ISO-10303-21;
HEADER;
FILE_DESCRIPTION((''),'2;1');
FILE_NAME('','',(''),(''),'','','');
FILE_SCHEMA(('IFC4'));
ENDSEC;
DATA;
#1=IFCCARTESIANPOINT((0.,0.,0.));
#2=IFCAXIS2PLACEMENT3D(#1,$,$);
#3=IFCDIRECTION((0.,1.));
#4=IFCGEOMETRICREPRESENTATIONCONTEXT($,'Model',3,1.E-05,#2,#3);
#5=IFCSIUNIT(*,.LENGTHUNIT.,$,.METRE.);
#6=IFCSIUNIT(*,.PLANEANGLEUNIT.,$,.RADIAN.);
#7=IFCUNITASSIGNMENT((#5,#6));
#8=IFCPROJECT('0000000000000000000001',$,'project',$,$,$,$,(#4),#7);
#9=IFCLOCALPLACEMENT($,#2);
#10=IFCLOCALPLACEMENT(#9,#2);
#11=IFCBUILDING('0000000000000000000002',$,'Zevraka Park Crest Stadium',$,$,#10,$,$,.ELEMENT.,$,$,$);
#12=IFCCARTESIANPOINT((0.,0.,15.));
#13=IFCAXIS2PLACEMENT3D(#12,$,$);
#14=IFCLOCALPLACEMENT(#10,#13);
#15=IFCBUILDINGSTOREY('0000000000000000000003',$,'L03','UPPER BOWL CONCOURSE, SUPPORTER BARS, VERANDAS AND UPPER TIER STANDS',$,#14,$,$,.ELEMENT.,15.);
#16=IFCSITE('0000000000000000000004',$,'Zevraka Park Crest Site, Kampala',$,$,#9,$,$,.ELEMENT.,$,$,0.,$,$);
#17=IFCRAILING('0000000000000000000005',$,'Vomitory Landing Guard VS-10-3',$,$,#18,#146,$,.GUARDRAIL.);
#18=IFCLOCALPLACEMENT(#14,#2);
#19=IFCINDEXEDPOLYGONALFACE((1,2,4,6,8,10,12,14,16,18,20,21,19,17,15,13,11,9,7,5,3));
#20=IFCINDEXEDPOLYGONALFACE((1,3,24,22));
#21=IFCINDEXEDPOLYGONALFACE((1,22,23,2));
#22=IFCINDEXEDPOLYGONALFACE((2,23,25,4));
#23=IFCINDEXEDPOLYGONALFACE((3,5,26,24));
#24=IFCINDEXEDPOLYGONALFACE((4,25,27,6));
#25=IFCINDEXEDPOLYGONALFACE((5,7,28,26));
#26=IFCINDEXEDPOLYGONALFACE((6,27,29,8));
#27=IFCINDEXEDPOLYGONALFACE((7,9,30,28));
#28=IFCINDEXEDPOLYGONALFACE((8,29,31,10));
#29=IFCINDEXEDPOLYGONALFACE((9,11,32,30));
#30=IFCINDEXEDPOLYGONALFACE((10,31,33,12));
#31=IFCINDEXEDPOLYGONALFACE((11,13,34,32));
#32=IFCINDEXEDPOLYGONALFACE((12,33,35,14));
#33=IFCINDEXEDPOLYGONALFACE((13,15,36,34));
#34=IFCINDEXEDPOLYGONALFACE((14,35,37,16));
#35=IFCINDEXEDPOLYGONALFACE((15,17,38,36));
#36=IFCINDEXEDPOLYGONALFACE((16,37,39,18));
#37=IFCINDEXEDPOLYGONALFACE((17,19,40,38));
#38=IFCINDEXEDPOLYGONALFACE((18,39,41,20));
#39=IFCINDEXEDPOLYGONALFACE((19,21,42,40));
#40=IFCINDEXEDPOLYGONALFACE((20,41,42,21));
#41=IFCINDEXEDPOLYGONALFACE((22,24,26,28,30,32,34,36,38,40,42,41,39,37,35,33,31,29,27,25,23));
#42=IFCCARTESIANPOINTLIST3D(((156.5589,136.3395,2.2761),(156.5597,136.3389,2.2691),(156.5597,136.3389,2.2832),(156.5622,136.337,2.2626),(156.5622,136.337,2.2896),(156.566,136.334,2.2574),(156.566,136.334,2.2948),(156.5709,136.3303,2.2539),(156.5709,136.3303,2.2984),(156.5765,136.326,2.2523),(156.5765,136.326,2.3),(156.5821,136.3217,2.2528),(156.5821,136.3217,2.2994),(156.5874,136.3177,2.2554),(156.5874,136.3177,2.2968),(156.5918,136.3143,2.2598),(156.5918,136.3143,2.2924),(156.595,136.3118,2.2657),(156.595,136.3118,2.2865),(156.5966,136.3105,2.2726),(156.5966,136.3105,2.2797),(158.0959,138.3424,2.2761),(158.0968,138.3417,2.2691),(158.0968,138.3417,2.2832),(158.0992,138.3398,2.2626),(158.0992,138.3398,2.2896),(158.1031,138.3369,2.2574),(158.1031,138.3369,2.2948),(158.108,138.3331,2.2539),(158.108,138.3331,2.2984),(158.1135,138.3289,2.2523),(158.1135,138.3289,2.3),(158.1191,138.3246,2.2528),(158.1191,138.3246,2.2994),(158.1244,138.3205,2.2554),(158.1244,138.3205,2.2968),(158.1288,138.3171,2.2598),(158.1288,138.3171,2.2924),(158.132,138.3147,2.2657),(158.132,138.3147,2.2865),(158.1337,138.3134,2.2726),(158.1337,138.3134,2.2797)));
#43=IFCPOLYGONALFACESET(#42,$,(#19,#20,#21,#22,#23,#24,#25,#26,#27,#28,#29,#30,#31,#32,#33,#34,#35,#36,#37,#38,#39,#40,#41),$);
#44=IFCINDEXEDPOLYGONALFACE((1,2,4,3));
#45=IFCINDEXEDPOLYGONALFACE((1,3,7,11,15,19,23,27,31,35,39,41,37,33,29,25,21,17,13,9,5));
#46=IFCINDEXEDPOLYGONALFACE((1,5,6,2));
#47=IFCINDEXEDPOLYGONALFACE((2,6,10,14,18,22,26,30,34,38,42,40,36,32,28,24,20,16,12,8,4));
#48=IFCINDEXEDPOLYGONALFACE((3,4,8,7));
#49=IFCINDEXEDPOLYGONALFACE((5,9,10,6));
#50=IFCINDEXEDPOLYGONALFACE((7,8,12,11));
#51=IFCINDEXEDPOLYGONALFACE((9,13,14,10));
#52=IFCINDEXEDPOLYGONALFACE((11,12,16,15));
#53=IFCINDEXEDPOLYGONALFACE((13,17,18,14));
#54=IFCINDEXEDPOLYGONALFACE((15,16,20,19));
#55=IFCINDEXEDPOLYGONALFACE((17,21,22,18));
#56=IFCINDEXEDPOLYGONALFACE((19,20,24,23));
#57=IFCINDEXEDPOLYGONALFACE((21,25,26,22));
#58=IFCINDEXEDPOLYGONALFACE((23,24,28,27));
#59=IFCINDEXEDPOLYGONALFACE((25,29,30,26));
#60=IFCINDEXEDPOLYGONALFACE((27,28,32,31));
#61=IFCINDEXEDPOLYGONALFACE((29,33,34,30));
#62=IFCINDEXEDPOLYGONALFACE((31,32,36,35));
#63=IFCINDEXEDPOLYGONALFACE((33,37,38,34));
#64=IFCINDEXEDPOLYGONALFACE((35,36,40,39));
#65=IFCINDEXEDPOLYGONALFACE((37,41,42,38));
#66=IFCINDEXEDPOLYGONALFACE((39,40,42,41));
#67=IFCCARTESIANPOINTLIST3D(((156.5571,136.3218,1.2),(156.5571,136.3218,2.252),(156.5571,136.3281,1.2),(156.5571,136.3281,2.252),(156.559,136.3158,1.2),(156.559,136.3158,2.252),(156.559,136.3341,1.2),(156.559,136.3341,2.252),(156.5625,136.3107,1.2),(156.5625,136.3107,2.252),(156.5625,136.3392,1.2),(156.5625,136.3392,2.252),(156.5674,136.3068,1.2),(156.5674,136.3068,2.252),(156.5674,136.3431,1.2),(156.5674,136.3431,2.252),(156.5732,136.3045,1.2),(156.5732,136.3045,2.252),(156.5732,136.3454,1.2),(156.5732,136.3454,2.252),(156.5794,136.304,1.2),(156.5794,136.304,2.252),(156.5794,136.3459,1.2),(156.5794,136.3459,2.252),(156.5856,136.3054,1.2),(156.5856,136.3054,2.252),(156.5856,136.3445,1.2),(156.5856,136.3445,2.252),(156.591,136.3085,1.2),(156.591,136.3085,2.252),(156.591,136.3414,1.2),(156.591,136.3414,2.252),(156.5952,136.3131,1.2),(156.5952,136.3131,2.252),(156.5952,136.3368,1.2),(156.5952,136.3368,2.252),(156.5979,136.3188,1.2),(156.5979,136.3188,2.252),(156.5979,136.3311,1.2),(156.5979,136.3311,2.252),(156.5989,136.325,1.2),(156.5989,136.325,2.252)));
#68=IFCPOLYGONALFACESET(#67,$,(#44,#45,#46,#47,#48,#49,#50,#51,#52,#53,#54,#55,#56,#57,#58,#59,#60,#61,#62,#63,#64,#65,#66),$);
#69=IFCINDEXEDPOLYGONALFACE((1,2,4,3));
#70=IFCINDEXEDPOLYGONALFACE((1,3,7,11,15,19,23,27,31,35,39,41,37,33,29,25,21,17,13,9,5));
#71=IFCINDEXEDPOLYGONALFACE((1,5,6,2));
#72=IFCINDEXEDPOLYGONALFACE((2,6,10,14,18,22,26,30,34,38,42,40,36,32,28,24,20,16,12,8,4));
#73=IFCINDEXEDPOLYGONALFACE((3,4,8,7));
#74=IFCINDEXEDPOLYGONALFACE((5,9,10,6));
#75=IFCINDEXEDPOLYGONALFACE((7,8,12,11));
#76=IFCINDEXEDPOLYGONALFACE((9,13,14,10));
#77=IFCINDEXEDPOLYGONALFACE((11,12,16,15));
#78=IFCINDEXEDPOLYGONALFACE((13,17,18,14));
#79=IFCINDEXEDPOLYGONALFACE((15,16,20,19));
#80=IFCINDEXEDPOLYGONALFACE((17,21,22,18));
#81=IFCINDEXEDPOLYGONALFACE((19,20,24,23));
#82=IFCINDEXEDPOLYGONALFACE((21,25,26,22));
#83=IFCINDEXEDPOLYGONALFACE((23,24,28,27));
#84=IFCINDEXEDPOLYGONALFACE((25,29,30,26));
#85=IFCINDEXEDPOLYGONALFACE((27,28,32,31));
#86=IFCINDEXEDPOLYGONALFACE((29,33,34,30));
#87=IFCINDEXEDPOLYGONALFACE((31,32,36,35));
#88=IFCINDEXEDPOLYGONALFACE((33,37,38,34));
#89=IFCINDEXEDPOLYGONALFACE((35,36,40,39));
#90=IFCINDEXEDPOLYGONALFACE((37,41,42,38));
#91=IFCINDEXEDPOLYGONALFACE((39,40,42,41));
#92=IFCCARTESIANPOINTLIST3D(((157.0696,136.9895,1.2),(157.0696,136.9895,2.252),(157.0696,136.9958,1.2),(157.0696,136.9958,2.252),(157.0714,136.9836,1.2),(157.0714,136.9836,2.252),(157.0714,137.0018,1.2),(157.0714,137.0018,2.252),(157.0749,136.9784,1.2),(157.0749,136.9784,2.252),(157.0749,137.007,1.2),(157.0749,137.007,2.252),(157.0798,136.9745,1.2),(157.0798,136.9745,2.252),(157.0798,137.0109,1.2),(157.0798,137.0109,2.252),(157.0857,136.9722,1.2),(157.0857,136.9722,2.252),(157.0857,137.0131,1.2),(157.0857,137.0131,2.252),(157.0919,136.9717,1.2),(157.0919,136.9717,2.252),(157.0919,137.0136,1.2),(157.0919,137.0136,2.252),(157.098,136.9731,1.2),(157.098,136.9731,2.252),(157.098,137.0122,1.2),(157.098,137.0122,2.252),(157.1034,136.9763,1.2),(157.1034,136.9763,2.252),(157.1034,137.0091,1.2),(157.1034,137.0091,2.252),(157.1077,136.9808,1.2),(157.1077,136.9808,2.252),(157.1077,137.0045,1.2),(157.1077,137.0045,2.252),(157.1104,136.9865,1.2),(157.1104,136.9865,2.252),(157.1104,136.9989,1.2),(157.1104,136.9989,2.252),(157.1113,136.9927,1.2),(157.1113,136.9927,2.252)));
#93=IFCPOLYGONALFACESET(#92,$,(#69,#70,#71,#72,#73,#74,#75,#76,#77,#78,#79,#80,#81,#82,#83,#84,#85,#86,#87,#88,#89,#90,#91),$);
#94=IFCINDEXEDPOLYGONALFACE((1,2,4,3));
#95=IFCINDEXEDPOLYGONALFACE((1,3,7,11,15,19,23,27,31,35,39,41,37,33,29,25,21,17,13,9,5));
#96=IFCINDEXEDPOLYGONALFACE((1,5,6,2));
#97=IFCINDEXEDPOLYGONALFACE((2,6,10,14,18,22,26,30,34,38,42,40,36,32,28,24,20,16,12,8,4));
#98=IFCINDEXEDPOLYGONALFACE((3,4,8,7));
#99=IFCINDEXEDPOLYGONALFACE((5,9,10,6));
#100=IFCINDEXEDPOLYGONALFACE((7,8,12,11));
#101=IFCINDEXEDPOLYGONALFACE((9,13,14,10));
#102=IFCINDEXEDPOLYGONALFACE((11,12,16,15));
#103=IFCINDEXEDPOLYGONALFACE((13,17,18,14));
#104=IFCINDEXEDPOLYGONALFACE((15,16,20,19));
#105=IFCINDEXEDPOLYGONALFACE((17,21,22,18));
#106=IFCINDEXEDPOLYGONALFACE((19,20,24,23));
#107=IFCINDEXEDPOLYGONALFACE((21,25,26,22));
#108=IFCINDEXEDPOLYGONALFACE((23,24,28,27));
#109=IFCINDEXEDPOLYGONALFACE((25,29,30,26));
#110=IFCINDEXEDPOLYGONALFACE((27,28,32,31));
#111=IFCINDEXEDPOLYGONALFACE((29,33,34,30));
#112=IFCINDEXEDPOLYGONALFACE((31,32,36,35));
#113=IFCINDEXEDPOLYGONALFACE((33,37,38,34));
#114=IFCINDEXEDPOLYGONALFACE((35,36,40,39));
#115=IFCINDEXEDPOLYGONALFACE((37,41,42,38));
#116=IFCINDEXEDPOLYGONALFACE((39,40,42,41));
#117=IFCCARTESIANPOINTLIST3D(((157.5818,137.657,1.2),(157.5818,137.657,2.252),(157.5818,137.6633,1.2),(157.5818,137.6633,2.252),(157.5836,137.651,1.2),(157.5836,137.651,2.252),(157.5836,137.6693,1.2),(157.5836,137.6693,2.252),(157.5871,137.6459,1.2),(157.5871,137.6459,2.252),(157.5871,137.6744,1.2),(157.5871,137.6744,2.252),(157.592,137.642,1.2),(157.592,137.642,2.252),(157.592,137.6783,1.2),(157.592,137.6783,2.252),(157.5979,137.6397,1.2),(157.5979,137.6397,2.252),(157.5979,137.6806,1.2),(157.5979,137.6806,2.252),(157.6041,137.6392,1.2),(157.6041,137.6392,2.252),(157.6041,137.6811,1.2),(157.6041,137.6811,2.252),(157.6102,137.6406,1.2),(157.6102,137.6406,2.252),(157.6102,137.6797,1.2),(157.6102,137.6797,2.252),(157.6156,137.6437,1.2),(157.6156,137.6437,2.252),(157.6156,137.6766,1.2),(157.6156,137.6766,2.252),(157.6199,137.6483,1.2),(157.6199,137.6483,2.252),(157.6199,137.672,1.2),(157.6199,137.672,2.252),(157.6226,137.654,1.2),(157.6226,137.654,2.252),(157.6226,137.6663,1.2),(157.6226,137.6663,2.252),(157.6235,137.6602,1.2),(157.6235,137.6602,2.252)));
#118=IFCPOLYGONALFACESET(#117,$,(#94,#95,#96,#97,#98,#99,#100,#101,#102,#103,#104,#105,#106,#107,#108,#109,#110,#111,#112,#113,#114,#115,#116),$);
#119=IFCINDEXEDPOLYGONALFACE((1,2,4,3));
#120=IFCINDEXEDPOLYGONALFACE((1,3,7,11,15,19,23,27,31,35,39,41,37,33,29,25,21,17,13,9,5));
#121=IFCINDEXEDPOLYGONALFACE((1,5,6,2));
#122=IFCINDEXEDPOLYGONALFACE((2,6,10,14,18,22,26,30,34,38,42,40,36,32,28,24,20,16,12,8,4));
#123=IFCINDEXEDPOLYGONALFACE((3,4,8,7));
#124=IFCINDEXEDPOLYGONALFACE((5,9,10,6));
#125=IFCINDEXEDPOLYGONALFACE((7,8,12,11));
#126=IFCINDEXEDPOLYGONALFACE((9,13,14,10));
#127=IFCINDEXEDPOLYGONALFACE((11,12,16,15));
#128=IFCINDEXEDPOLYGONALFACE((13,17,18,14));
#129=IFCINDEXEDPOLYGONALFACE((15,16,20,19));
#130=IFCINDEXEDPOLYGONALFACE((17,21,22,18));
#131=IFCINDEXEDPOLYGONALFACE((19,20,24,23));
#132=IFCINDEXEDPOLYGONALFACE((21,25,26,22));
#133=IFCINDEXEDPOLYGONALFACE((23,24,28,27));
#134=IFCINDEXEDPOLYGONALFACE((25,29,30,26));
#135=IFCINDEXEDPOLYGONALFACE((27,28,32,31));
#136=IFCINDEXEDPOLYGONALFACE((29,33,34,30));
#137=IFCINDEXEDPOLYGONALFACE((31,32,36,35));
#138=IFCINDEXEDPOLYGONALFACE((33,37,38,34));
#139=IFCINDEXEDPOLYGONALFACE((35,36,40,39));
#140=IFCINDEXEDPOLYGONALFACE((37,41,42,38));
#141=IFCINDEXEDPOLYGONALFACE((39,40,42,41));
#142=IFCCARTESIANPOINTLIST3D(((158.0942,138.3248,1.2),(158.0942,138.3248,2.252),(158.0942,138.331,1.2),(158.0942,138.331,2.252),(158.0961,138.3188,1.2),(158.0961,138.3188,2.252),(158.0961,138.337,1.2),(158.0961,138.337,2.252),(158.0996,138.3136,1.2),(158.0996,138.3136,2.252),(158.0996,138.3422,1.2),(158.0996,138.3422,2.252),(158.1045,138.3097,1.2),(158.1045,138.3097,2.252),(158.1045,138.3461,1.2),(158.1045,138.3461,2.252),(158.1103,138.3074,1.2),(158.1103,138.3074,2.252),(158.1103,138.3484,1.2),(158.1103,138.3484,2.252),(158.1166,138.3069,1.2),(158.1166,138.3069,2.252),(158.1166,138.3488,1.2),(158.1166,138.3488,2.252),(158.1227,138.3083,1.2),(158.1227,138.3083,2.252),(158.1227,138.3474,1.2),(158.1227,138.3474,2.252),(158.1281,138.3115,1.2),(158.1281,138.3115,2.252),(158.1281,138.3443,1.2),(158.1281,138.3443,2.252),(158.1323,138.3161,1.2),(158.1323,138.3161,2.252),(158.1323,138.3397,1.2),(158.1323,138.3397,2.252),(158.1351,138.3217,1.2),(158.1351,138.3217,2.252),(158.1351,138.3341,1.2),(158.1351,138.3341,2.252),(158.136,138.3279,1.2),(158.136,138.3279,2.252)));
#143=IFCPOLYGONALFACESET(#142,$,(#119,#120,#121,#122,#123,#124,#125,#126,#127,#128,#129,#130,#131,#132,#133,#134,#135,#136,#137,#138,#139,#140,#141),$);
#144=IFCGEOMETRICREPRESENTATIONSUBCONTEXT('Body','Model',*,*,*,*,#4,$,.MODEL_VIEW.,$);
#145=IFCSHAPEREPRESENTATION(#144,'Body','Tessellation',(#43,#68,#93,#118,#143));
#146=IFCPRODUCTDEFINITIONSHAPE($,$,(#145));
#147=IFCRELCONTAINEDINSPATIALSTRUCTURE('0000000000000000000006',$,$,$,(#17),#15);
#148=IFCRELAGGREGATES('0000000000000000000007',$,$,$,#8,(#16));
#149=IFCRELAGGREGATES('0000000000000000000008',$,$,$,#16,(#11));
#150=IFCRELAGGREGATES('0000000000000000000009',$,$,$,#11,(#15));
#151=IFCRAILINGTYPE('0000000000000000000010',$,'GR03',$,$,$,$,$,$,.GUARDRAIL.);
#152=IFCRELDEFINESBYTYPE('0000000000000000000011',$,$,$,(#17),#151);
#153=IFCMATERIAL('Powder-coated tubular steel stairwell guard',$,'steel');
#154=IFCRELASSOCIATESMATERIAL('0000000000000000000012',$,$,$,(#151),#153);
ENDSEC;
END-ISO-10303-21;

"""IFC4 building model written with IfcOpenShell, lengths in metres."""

from ifc_helpers import new_model, si_unit, direction, frame, origin, origin_2d, place, context, subcontext, project, spatial, circle, extrude, material, type_object, element, save


model = new_model("IFC4")

# Units and contexts
model_context = context("Model", 3, precision=1e-05, world=origin(), true_north=direction((0.0, 1.0)))
body_context = subcontext(model_context, "Body", "Model", "MODEL_VIEW")
ifc_project = project(units=[si_unit("LENGTHUNIT", "METRE"), si_unit("PLANEANGLEUNIT", "RADIAN")], contexts=[model_context])

# Site, building, storey
site_placement = place(None, origin())
site = spatial("IfcSite", under=ifc_project, at=site_placement, Name="Zevraka Park Crest Site, Kampala", CompositionType="ELEMENT", RefElevation=0.0)
building_placement = place(site_placement, origin())
building = spatial("IfcBuilding", under=site, at=building_placement, Name="Zevraka Park Crest Stadium", CompositionType="ELEMENT")
storey_placement = place(building_placement, frame((0.0, 0.0, 15.0)))
storey = spatial("IfcBuildingStorey", under=building, at=storey_placement, Name="L03", Description="UPPER BOWL CONCOURSE, SUPPORTER BARS, VERANDAS AND UPPER TIER STANDS", CompositionType="ELEMENT", Elevation=15.0)

# Railing
ifc_material_1 = material(Name="Powder-coated tubular steel stairwell guard", Category="steel")
railing_type_1 = type_object("IfcRailingType", Name="GR03", PredefinedType="GUARDRAIL", material=ifc_material_1)
railing_1_placement = place(storey_placement, frame((156.5779, 136.325, 1.2)))
element("IfcRailing", 1, at=railing_1_placement, inside=storey, type_object=railing_type_1, Name="Vomitory Landing Guard VS-10-3", PredefinedType="GUARDRAIL", context=body_context, shape_type="SweptSolid", body=[
    extrude(circle(Radius=0.0239, at=origin_2d()), frame((0.0, 0.0, 1.0762), z_axis=(0.608813, 0.793314, 0.0), x_axis=(-0.793314, 0.608813, 0.0)), (0.0, 0.0, 1.0), 2.5247),
    extrude(circle(Radius=0.021, at=origin_2d()), origin(), (0.0, 0.0, 1.0), 1.052),
    extrude(circle(Radius=0.021, at=origin_2d()), frame((0.5125, 0.6677, 0.0)), (0.0, 0.0, 1.0), 1.052),
    extrude(circle(Radius=0.021, at=origin_2d()), frame((1.0247, 1.3352, 0.0)), (0.0, 0.0, 1.0), 1.052),
    extrude(circle(Radius=0.021, at=origin_2d()), frame((1.5371, 2.0029, 0.0)), (0.0, 0.0, 1.0), 1.052),
])

save(model, "model.ifc")
